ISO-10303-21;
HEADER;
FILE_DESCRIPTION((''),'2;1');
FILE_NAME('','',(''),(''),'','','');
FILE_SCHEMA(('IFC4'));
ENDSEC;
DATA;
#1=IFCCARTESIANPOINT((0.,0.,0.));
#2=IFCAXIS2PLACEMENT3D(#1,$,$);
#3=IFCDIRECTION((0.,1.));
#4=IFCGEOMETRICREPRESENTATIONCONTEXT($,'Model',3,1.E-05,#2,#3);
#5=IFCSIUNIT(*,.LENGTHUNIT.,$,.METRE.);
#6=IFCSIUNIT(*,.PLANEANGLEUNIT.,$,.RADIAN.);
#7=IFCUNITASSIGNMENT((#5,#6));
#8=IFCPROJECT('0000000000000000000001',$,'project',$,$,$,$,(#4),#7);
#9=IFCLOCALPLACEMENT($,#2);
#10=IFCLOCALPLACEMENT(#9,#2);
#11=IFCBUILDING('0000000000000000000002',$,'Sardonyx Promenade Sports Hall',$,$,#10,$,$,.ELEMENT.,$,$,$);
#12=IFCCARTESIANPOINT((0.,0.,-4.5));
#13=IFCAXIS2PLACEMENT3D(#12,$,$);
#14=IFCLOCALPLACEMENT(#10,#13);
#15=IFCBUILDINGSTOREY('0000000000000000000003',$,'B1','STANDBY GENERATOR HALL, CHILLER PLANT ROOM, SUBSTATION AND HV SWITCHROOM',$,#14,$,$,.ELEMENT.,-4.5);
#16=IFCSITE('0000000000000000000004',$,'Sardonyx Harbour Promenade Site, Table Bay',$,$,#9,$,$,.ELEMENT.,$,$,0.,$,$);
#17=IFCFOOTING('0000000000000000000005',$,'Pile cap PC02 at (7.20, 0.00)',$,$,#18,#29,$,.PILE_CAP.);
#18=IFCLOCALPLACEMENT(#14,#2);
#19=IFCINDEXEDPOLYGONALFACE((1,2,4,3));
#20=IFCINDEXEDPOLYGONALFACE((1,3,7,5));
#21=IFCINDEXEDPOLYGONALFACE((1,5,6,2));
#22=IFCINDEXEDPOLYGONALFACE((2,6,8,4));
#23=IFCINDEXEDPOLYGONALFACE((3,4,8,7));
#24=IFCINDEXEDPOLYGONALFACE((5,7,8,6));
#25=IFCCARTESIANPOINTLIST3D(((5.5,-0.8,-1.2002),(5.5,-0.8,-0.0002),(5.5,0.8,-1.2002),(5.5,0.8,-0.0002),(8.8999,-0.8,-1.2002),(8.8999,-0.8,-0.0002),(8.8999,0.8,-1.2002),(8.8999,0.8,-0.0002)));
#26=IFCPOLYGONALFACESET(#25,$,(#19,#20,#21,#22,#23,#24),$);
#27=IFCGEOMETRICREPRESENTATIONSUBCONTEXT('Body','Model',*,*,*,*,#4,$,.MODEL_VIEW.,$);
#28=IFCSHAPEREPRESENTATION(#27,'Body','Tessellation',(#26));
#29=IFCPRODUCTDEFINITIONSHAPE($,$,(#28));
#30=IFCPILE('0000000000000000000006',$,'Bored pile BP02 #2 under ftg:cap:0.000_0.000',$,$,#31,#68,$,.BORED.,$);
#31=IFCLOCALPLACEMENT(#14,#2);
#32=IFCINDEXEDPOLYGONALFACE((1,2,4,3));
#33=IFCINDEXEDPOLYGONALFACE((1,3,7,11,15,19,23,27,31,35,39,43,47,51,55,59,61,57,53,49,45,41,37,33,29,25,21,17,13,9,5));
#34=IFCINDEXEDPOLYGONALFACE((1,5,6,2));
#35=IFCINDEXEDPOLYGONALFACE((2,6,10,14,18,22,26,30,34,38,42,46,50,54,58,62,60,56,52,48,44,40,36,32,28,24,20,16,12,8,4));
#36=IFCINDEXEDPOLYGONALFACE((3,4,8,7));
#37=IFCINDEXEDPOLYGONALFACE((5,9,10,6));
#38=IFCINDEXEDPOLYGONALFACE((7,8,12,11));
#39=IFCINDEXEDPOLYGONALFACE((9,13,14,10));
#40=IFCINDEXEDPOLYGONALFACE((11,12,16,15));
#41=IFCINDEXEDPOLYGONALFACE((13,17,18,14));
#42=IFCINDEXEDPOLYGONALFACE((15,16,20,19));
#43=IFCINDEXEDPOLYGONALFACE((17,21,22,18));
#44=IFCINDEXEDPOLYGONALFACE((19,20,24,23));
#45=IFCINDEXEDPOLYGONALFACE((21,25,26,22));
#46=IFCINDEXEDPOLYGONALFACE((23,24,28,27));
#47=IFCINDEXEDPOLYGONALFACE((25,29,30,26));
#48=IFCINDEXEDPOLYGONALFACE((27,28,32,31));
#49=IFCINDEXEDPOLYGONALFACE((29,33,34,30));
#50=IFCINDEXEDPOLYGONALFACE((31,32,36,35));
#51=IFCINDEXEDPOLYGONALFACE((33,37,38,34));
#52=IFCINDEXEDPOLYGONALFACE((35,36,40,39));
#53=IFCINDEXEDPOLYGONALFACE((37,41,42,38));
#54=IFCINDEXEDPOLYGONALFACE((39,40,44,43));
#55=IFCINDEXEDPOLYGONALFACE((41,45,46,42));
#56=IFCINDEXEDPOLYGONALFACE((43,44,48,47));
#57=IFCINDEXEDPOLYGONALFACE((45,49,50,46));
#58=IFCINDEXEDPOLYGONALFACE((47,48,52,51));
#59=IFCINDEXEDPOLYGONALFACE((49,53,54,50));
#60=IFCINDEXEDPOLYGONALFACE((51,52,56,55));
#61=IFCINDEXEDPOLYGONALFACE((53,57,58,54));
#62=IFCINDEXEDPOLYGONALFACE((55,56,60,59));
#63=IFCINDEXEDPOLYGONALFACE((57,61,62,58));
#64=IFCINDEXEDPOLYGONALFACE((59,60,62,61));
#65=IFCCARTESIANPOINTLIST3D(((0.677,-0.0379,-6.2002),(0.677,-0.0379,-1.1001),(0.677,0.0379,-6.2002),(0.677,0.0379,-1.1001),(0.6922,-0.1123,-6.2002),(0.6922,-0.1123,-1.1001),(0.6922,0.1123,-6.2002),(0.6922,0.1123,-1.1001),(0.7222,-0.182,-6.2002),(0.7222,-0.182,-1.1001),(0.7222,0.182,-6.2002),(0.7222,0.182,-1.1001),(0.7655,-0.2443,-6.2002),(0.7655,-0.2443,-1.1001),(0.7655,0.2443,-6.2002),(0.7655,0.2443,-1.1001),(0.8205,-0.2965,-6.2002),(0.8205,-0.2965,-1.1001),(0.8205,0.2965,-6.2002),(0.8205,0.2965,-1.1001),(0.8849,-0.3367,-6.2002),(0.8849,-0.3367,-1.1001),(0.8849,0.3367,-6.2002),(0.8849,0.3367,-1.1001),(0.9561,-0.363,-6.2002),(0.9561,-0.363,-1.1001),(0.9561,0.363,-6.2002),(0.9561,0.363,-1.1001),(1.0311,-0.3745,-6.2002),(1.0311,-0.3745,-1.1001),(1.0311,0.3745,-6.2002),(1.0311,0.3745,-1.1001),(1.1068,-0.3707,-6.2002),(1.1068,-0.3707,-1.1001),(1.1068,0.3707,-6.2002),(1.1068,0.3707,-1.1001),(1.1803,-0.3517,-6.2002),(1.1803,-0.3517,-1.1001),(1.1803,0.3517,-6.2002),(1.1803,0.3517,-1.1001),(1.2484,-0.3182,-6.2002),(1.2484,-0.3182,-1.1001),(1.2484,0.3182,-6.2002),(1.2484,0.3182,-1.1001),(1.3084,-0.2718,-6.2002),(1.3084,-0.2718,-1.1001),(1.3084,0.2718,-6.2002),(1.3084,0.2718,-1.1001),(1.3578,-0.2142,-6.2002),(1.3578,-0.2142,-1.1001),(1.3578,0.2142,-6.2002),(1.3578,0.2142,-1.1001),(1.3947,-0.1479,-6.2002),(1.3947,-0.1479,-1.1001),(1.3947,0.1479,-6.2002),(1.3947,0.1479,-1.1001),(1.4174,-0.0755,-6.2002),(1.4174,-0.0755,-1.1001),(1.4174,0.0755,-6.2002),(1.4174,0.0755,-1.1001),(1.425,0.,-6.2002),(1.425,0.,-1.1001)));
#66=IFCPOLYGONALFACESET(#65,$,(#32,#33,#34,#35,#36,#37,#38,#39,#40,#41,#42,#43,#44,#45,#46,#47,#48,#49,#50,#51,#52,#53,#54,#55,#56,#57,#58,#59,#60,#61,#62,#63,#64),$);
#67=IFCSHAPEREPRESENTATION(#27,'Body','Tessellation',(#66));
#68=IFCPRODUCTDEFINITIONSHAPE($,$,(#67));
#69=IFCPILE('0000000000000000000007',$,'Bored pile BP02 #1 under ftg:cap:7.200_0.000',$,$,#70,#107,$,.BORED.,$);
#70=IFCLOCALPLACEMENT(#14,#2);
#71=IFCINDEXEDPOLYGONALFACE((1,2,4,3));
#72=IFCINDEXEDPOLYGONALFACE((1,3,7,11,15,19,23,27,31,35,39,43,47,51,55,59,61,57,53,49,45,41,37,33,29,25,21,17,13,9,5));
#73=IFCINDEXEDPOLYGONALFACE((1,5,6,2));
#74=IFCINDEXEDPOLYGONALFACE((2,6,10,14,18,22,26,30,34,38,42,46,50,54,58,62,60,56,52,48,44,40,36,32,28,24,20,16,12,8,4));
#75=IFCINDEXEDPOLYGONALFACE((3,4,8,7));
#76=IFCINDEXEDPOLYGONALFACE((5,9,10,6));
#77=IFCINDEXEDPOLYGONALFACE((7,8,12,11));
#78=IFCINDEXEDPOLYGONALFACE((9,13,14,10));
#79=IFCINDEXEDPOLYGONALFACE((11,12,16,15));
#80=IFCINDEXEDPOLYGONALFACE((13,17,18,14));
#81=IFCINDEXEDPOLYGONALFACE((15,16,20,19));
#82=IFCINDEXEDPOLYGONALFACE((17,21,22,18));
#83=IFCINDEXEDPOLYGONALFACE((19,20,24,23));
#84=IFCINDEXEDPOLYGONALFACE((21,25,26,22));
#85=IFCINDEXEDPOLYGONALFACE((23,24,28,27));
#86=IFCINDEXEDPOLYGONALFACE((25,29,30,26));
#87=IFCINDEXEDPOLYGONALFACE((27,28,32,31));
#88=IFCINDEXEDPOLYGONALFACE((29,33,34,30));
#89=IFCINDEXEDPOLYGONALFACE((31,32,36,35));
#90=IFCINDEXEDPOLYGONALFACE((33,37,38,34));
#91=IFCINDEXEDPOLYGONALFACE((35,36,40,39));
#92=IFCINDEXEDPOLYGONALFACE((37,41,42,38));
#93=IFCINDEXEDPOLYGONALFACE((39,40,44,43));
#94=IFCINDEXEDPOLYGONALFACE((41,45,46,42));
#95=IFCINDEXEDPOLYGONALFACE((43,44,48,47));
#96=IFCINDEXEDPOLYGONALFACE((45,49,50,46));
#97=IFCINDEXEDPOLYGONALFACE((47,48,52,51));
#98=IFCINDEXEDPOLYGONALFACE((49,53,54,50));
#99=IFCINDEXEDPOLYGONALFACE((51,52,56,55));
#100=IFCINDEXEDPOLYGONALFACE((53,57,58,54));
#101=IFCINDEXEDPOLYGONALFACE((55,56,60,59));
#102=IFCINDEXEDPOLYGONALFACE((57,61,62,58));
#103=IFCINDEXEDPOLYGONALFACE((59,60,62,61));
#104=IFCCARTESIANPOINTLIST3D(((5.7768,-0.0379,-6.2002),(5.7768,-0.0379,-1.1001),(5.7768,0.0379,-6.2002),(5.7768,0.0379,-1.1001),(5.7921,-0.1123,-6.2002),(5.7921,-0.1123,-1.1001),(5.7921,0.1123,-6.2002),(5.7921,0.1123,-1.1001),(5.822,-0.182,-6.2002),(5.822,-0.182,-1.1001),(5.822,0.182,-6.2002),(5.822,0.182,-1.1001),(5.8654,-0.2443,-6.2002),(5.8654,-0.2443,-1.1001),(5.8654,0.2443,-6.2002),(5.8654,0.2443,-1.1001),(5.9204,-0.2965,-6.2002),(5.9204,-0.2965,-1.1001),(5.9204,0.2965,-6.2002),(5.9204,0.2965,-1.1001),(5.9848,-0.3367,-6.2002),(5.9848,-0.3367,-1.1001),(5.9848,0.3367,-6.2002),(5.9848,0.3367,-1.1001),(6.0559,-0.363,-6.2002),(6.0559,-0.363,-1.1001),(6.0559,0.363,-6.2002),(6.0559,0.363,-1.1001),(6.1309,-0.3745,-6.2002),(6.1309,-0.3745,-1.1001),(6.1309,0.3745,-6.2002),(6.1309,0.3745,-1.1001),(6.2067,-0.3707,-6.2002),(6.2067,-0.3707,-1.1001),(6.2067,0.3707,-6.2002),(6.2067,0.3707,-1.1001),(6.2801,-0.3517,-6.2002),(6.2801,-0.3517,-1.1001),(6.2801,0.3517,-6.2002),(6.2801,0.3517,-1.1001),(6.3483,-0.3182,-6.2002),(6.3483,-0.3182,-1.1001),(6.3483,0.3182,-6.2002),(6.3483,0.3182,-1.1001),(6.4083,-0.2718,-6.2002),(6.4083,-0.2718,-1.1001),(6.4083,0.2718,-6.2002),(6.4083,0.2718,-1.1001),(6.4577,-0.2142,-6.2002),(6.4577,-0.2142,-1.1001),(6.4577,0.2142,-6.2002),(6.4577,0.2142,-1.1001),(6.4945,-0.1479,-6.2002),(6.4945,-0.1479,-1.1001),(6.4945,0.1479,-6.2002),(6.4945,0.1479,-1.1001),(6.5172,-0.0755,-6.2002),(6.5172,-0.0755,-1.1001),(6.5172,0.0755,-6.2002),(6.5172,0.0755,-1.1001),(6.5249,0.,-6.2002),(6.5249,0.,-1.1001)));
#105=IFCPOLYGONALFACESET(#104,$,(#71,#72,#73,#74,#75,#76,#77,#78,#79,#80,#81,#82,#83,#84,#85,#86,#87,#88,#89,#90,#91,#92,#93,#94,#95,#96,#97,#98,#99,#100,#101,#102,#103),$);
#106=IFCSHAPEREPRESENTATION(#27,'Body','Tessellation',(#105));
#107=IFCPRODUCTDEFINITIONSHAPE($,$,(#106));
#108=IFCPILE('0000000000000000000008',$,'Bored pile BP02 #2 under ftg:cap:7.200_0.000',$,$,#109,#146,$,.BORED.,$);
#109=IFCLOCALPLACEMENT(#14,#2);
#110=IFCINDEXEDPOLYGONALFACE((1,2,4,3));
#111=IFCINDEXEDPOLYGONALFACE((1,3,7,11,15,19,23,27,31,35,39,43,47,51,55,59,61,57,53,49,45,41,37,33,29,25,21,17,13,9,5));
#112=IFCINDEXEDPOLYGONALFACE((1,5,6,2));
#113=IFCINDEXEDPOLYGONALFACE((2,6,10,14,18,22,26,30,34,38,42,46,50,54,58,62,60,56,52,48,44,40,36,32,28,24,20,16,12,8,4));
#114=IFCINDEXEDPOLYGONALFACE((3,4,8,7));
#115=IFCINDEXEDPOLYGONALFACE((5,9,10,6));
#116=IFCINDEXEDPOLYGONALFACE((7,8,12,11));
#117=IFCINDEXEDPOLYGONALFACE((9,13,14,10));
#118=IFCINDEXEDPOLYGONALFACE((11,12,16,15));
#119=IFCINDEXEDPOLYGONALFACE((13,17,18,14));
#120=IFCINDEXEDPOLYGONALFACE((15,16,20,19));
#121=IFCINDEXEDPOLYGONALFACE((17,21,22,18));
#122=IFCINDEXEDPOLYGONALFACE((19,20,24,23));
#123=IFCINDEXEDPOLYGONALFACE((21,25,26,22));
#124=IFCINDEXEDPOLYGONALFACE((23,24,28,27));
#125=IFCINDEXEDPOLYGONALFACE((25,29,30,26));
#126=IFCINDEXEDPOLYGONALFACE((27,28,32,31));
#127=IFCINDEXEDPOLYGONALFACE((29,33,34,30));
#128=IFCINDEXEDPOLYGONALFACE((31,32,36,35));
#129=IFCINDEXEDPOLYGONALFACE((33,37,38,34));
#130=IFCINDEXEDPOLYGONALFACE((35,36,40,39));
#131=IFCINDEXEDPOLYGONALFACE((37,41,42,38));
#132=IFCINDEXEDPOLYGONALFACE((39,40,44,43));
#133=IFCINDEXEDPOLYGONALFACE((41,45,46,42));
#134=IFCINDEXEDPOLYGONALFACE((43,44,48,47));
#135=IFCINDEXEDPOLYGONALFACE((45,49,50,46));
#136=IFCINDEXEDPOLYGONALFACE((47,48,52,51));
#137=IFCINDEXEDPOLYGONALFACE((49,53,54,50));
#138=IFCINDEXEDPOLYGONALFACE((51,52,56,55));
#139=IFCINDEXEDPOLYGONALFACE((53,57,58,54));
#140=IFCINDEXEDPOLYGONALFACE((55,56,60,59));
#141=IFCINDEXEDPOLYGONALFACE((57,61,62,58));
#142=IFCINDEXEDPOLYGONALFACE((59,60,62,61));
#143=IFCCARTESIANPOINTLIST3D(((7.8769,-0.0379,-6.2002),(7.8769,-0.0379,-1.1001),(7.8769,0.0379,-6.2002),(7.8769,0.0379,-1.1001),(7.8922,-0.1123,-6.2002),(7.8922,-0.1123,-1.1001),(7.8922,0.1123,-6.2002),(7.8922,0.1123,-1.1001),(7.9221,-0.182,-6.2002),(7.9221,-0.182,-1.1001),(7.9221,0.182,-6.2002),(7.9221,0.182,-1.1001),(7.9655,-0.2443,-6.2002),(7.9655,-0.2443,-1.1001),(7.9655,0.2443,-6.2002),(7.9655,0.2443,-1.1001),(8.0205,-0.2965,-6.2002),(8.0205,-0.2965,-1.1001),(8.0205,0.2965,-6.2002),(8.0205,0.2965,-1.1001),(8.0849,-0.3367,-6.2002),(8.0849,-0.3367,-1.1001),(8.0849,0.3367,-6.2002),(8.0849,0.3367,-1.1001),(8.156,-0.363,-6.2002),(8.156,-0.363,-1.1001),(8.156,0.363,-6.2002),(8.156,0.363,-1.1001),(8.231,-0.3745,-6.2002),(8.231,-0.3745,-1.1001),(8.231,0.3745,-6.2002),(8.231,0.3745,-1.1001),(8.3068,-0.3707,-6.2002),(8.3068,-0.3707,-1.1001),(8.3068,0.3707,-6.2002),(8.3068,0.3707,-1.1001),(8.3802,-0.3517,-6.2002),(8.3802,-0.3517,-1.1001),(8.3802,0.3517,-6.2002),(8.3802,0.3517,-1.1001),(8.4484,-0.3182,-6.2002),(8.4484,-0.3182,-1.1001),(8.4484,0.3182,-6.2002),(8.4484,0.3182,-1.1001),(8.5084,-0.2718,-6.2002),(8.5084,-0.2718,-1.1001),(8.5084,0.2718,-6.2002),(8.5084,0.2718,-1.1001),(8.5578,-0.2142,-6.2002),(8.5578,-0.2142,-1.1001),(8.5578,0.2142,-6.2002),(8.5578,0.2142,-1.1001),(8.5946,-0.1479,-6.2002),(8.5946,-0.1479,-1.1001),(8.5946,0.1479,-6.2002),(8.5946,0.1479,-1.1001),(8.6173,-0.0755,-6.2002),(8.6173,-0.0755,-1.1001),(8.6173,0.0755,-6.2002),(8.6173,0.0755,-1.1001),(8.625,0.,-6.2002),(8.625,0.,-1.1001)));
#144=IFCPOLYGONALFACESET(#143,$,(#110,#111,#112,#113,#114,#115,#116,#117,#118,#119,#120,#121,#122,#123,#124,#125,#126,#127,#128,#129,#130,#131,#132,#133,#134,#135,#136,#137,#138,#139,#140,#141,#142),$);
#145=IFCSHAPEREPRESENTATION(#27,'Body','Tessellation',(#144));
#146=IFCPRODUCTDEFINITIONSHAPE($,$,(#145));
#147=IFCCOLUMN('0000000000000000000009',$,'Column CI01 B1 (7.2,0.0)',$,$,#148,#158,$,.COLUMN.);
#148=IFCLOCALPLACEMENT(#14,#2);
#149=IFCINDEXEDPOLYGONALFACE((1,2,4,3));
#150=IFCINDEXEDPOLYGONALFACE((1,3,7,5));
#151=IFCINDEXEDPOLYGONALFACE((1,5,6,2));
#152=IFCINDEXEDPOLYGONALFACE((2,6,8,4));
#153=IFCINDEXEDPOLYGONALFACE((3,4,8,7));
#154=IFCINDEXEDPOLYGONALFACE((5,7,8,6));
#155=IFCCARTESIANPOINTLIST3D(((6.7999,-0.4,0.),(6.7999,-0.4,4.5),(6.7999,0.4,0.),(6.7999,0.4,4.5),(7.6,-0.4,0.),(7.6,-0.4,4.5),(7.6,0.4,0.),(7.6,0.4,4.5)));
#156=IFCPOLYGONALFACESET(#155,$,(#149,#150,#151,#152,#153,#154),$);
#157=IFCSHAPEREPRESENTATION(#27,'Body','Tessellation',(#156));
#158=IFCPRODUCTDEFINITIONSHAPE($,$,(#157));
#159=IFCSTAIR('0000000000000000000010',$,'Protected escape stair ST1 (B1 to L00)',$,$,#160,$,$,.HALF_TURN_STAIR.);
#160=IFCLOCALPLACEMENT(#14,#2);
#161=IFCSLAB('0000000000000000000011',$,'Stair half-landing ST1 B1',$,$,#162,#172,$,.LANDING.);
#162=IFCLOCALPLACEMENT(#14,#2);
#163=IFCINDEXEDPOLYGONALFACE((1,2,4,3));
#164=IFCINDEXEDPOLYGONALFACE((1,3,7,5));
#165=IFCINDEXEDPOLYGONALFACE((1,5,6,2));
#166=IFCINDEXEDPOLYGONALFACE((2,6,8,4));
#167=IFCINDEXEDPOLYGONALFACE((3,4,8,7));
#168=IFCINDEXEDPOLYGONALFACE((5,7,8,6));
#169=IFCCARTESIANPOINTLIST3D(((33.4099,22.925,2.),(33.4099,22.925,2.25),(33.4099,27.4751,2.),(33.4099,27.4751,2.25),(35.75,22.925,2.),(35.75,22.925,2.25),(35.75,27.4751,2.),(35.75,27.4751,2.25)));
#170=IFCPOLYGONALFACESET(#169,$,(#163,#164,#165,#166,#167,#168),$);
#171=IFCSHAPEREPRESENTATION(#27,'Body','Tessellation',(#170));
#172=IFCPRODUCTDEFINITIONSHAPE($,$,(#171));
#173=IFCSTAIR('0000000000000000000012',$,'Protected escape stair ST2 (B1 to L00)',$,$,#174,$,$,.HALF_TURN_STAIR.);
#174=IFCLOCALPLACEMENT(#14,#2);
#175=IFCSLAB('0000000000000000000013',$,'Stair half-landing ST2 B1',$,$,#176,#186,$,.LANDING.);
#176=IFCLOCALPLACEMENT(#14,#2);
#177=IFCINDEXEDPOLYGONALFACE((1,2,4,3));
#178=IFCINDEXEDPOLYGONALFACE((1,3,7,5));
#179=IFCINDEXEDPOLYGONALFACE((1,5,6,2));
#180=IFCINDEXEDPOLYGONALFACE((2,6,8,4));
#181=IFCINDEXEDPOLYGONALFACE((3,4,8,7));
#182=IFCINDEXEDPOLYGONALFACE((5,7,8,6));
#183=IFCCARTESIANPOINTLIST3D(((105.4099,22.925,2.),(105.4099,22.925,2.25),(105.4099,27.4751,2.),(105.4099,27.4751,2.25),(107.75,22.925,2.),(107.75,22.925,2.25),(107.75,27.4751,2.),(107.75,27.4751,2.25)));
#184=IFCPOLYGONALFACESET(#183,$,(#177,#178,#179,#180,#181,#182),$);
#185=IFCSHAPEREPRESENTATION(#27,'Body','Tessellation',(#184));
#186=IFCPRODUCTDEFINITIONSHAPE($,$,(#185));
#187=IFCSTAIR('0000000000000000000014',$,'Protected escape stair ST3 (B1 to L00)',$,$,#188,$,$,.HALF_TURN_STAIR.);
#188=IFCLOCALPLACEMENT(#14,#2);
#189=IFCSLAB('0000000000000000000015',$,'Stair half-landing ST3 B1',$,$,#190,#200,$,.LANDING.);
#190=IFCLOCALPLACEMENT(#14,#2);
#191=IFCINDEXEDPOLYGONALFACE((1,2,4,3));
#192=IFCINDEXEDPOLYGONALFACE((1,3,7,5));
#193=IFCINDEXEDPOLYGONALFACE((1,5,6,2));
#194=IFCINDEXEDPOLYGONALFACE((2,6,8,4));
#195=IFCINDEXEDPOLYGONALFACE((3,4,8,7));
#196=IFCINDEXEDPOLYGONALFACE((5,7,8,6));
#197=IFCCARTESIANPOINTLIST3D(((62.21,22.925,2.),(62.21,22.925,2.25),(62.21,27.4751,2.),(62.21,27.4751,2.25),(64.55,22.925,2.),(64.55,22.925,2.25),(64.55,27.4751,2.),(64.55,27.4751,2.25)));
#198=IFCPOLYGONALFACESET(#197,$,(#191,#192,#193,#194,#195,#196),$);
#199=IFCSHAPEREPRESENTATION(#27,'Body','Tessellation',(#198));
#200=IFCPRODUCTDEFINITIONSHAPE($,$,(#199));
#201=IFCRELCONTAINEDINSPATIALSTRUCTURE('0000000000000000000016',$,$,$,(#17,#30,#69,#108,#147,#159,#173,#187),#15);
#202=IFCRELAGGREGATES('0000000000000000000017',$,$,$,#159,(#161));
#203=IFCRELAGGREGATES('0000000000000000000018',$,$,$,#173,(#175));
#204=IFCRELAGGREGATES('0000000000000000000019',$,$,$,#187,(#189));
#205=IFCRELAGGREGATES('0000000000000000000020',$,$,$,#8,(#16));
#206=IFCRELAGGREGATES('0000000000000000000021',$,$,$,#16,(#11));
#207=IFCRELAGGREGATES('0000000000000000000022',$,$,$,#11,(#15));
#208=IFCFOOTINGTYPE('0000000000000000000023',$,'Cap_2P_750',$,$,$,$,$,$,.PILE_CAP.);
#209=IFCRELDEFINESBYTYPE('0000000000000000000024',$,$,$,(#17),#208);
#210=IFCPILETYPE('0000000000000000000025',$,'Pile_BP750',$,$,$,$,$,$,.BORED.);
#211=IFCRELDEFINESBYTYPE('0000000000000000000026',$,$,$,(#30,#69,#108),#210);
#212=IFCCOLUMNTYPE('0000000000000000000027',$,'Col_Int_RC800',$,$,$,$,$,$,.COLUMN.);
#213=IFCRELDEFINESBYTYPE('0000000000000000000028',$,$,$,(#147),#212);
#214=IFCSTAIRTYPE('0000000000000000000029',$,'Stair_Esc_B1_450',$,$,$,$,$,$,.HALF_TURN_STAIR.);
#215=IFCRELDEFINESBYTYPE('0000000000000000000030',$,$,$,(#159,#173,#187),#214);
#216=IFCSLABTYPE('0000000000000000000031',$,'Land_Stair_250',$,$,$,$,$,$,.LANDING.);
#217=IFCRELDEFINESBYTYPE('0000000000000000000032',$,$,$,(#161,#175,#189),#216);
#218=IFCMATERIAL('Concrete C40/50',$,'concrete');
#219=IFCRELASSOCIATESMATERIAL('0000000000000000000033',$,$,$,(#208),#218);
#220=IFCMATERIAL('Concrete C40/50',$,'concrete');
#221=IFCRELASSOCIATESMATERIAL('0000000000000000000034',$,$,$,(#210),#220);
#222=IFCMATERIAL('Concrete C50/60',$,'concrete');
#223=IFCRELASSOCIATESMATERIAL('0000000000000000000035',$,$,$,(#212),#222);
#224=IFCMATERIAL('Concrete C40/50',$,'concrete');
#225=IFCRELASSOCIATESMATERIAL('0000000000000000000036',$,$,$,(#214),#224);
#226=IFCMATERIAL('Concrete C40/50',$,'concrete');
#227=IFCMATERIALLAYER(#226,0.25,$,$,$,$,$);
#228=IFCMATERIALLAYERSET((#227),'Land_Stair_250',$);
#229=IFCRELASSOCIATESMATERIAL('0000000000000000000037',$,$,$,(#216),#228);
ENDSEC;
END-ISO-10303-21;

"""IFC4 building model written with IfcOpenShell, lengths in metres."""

from ifc_helpers import new_model, si_unit, direction, frame, origin, origin_2d, place, context, subcontext, project, spatial, polyline, rectangle, circle, outline, extrude, material, layer, layer_set, material_profile, profile_set, type_object, element, aggregate, save


model = new_model("IFC4")

# Units and contexts
model_context = context("Model", 3, precision=1e-05, world=origin(), true_north=direction((0.0, 1.0)))
body_context = subcontext(model_context, "Body", "Model", "MODEL_VIEW")
ifc_project = project(units=[si_unit("LENGTHUNIT", "METRE"), si_unit("PLANEANGLEUNIT", "RADIAN")], contexts=[model_context])

# Site, building, storey
site_placement = place(None, origin())
site = spatial("IfcSite", under=ifc_project, at=site_placement, Name="Sardonyx Harbour Promenade Site, Table Bay", CompositionType="ELEMENT", RefElevation=0.0)
building_placement = place(site_placement, origin())
building = spatial("IfcBuilding", under=site, at=building_placement, Name="Sardonyx Promenade Sports Hall", CompositionType="ELEMENT")
storey_placement = place(building_placement, frame((0.0, 0.0, -4.5)))
storey = spatial("IfcBuildingStorey", under=building, at=storey_placement, Name="B1", Description="STANDBY GENERATOR HALL, CHILLER PLANT ROOM, SUBSTATION AND HV SWITCHROOM", CompositionType="ELEMENT", Elevation=-4.5)

# Footing
ifc_material_1 = material(Name="Concrete C40/50", Category="concrete")
footing_type = type_object("IfcFootingType", Name="Cap_2P_750", PredefinedType="PILE_CAP", material=ifc_material_1)
footing_placement = place(storey_placement, frame((7.2, 0.0, -1.2002), z_axis=(0.0, 0.0, 1.0), x_axis=(1.0, 0.0, 0.0)))
element("IfcFooting", 1, at=footing_placement, inside=storey, type_object=footing_type, Name="Pile cap PC02 at (7.20, 0.00)", PredefinedType="PILE_CAP", context=body_context, shape_type="SweptSolid", body=[
    extrude(rectangle(XDim=3.3999, YDim=1.6001, at=origin_2d()), origin(), (0.0, 0.0, 1.0), 1.2),
])

# Piles
ifc_material_2 = material(Name="Concrete C40/50", Category="concrete")
ifc_material_profile_1 = material_profile(ifc_material_2, circle(Radius=0.375, at=origin_2d()))
ifc_profile_set_1 = profile_set([ifc_material_profile_1], Name="Concrete C40/50")
pile_type = type_object("IfcPileType", Name="Pile_BP750", PredefinedType="BORED", material=ifc_profile_set_1)
for number, where, z_axis, x_axis, name in (
    (2, (1.05, 0.0, -1.1001), (0.0, 0.0, -1.0), (1.0, 0.0, 0.0), "Bored pile BP02 #2 under ftg:cap:0.000_0.000"),
    (3, (6.1499, 0.0, -1.1001), (0.0, 0.0, -1.0), (1.0, 0.0, 0.0), "Bored pile BP02 #1 under ftg:cap:7.200_0.000"),
    (4, (8.25, 0.0, -1.1001), (0.0, 0.0, -1.0), (1.0, 0.0, 0.0), "Bored pile BP02 #2 under ftg:cap:7.200_0.000"),
):
    element("IfcPile", number, at=place(storey_placement, frame(where, z_axis=z_axis, x_axis=x_axis)), inside=storey, type_object=pile_type, Name=name, PredefinedType="BORED", context=body_context, shape_type="SweptSolid", body=[
        extrude(circle(Radius=0.375, at=origin_2d()), origin(), (0.0, 0.0, 1.0), 5.1001),
    ])

# Column
ifc_material_3 = material(Name="Concrete C50/60", Category="concrete")
ifc_material_profile_2 = material_profile(ifc_material_3, rectangle(XDim=0.8, YDim=0.8, at=origin_2d()))
ifc_profile_set_2 = profile_set([ifc_material_profile_2], Name="Concrete C50/60")
column_type = type_object("IfcColumnType", Name="Col_Int_RC800", PredefinedType="COLUMN", material=ifc_profile_set_2)
column_placement = place(storey_placement, frame((7.2, 0.0, 0.0), z_axis=(0.0, 0.0, 1.0), x_axis=(1.0, 0.0, 0.0)))
element("IfcColumn", 5, at=column_placement, inside=storey, type_object=column_type, Name="Column CI01 B1 (7.2,0.0)", PredefinedType="COLUMN", context=body_context, shape_type="SweptSolid", body=[
    extrude(rectangle(XDim=0.8, YDim=0.8, at=origin_2d()), origin(), (0.0, 0.0, 1.0), 4.5),
])

# Stairs, slabs
ifc_material_4 = material(Name="Concrete C40/50", Category="concrete")
stair_type = type_object("IfcStairType", Name="Stair_Esc_B1_450", PredefinedType="HALF_TURN_STAIR", material=ifc_material_4)
stair_1_placement = place(storey_placement, origin())
stair_1 = element("IfcStair", 6, at=stair_1_placement, inside=storey, type_object=stair_type, Name="Protected escape stair ST1 (B1 to L00)", PredefinedType="HALF_TURN_STAIR")
ifc_material_5 = material(Name="Concrete C40/50", Category="concrete")
ifc_layer_1 = layer(ifc_material_5, 0.25)
ifc_layer_set_1 = layer_set([ifc_layer_1], Name="Land_Stair_250")
slab_type_1 = type_object("IfcSlabType", Name="Land_Stair_250", PredefinedType="LANDING", material=ifc_layer_set_1)
slab_1_placement = place(storey_placement, frame((0.0, 0.0, 2.0)))
slab_1 = element("IfcSlab", 7, at=slab_1_placement, type_object=slab_type_1, Name="Stair half-landing ST1 B1", PredefinedType="LANDING", context=body_context, shape_type="SweptSolid", body=[
    extrude(outline(polyline([(33.4099, 22.925), (35.75, 22.925), (35.75, 27.4751), (33.4099, 27.4751), (33.4099, 22.925)])), origin(), (0.0, 0.0, 1.0), 0.25),
])
aggregate(stair_1, [slab_1])
stair_2_placement = place(storey_placement, origin())
stair_2 = element("IfcStair", 8, at=stair_2_placement, inside=storey, type_object=stair_type, Name="Protected escape stair ST2 (B1 to L00)", PredefinedType="HALF_TURN_STAIR")
slab_2_placement = place(storey_placement, frame((0.0, 0.0, 2.0)))
slab_2 = element("IfcSlab", 9, at=slab_2_placement, type_object=slab_type_1, Name="Stair half-landing ST2 B1", PredefinedType="LANDING", context=body_context, shape_type="SweptSolid", body=[
    extrude(outline(polyline([(105.4099, 22.925), (107.75, 22.925), (107.75, 27.4751), (105.4099, 27.4751), (105.4099, 22.925)])), origin(), (0.0, 0.0, 1.0), 0.25),
])
aggregate(stair_2, [slab_2])
stair_3_placement = place(storey_placement, origin())
stair_3 = element("IfcStair", 10, at=stair_3_placement, inside=storey, type_object=stair_type, Name="Protected escape stair ST3 (B1 to L00)", PredefinedType="HALF_TURN_STAIR")
slab_3_placement = place(storey_placement, frame((0.0, 0.0, 2.0)))
slab_3 = element("IfcSlab", 11, at=slab_3_placement, type_object=slab_type_1, Name="Stair half-landing ST3 B1", PredefinedType="LANDING", context=body_context, shape_type="SweptSolid", body=[
    extrude(outline(polyline([(62.21, 22.925), (64.55, 22.925), (64.55, 27.4751), (62.21, 27.4751), (62.21, 22.925)])), origin(), (0.0, 0.0, 1.0), 0.25),
])
aggregate(stair_3, [slab_3])

save(model, "model.ifc")
